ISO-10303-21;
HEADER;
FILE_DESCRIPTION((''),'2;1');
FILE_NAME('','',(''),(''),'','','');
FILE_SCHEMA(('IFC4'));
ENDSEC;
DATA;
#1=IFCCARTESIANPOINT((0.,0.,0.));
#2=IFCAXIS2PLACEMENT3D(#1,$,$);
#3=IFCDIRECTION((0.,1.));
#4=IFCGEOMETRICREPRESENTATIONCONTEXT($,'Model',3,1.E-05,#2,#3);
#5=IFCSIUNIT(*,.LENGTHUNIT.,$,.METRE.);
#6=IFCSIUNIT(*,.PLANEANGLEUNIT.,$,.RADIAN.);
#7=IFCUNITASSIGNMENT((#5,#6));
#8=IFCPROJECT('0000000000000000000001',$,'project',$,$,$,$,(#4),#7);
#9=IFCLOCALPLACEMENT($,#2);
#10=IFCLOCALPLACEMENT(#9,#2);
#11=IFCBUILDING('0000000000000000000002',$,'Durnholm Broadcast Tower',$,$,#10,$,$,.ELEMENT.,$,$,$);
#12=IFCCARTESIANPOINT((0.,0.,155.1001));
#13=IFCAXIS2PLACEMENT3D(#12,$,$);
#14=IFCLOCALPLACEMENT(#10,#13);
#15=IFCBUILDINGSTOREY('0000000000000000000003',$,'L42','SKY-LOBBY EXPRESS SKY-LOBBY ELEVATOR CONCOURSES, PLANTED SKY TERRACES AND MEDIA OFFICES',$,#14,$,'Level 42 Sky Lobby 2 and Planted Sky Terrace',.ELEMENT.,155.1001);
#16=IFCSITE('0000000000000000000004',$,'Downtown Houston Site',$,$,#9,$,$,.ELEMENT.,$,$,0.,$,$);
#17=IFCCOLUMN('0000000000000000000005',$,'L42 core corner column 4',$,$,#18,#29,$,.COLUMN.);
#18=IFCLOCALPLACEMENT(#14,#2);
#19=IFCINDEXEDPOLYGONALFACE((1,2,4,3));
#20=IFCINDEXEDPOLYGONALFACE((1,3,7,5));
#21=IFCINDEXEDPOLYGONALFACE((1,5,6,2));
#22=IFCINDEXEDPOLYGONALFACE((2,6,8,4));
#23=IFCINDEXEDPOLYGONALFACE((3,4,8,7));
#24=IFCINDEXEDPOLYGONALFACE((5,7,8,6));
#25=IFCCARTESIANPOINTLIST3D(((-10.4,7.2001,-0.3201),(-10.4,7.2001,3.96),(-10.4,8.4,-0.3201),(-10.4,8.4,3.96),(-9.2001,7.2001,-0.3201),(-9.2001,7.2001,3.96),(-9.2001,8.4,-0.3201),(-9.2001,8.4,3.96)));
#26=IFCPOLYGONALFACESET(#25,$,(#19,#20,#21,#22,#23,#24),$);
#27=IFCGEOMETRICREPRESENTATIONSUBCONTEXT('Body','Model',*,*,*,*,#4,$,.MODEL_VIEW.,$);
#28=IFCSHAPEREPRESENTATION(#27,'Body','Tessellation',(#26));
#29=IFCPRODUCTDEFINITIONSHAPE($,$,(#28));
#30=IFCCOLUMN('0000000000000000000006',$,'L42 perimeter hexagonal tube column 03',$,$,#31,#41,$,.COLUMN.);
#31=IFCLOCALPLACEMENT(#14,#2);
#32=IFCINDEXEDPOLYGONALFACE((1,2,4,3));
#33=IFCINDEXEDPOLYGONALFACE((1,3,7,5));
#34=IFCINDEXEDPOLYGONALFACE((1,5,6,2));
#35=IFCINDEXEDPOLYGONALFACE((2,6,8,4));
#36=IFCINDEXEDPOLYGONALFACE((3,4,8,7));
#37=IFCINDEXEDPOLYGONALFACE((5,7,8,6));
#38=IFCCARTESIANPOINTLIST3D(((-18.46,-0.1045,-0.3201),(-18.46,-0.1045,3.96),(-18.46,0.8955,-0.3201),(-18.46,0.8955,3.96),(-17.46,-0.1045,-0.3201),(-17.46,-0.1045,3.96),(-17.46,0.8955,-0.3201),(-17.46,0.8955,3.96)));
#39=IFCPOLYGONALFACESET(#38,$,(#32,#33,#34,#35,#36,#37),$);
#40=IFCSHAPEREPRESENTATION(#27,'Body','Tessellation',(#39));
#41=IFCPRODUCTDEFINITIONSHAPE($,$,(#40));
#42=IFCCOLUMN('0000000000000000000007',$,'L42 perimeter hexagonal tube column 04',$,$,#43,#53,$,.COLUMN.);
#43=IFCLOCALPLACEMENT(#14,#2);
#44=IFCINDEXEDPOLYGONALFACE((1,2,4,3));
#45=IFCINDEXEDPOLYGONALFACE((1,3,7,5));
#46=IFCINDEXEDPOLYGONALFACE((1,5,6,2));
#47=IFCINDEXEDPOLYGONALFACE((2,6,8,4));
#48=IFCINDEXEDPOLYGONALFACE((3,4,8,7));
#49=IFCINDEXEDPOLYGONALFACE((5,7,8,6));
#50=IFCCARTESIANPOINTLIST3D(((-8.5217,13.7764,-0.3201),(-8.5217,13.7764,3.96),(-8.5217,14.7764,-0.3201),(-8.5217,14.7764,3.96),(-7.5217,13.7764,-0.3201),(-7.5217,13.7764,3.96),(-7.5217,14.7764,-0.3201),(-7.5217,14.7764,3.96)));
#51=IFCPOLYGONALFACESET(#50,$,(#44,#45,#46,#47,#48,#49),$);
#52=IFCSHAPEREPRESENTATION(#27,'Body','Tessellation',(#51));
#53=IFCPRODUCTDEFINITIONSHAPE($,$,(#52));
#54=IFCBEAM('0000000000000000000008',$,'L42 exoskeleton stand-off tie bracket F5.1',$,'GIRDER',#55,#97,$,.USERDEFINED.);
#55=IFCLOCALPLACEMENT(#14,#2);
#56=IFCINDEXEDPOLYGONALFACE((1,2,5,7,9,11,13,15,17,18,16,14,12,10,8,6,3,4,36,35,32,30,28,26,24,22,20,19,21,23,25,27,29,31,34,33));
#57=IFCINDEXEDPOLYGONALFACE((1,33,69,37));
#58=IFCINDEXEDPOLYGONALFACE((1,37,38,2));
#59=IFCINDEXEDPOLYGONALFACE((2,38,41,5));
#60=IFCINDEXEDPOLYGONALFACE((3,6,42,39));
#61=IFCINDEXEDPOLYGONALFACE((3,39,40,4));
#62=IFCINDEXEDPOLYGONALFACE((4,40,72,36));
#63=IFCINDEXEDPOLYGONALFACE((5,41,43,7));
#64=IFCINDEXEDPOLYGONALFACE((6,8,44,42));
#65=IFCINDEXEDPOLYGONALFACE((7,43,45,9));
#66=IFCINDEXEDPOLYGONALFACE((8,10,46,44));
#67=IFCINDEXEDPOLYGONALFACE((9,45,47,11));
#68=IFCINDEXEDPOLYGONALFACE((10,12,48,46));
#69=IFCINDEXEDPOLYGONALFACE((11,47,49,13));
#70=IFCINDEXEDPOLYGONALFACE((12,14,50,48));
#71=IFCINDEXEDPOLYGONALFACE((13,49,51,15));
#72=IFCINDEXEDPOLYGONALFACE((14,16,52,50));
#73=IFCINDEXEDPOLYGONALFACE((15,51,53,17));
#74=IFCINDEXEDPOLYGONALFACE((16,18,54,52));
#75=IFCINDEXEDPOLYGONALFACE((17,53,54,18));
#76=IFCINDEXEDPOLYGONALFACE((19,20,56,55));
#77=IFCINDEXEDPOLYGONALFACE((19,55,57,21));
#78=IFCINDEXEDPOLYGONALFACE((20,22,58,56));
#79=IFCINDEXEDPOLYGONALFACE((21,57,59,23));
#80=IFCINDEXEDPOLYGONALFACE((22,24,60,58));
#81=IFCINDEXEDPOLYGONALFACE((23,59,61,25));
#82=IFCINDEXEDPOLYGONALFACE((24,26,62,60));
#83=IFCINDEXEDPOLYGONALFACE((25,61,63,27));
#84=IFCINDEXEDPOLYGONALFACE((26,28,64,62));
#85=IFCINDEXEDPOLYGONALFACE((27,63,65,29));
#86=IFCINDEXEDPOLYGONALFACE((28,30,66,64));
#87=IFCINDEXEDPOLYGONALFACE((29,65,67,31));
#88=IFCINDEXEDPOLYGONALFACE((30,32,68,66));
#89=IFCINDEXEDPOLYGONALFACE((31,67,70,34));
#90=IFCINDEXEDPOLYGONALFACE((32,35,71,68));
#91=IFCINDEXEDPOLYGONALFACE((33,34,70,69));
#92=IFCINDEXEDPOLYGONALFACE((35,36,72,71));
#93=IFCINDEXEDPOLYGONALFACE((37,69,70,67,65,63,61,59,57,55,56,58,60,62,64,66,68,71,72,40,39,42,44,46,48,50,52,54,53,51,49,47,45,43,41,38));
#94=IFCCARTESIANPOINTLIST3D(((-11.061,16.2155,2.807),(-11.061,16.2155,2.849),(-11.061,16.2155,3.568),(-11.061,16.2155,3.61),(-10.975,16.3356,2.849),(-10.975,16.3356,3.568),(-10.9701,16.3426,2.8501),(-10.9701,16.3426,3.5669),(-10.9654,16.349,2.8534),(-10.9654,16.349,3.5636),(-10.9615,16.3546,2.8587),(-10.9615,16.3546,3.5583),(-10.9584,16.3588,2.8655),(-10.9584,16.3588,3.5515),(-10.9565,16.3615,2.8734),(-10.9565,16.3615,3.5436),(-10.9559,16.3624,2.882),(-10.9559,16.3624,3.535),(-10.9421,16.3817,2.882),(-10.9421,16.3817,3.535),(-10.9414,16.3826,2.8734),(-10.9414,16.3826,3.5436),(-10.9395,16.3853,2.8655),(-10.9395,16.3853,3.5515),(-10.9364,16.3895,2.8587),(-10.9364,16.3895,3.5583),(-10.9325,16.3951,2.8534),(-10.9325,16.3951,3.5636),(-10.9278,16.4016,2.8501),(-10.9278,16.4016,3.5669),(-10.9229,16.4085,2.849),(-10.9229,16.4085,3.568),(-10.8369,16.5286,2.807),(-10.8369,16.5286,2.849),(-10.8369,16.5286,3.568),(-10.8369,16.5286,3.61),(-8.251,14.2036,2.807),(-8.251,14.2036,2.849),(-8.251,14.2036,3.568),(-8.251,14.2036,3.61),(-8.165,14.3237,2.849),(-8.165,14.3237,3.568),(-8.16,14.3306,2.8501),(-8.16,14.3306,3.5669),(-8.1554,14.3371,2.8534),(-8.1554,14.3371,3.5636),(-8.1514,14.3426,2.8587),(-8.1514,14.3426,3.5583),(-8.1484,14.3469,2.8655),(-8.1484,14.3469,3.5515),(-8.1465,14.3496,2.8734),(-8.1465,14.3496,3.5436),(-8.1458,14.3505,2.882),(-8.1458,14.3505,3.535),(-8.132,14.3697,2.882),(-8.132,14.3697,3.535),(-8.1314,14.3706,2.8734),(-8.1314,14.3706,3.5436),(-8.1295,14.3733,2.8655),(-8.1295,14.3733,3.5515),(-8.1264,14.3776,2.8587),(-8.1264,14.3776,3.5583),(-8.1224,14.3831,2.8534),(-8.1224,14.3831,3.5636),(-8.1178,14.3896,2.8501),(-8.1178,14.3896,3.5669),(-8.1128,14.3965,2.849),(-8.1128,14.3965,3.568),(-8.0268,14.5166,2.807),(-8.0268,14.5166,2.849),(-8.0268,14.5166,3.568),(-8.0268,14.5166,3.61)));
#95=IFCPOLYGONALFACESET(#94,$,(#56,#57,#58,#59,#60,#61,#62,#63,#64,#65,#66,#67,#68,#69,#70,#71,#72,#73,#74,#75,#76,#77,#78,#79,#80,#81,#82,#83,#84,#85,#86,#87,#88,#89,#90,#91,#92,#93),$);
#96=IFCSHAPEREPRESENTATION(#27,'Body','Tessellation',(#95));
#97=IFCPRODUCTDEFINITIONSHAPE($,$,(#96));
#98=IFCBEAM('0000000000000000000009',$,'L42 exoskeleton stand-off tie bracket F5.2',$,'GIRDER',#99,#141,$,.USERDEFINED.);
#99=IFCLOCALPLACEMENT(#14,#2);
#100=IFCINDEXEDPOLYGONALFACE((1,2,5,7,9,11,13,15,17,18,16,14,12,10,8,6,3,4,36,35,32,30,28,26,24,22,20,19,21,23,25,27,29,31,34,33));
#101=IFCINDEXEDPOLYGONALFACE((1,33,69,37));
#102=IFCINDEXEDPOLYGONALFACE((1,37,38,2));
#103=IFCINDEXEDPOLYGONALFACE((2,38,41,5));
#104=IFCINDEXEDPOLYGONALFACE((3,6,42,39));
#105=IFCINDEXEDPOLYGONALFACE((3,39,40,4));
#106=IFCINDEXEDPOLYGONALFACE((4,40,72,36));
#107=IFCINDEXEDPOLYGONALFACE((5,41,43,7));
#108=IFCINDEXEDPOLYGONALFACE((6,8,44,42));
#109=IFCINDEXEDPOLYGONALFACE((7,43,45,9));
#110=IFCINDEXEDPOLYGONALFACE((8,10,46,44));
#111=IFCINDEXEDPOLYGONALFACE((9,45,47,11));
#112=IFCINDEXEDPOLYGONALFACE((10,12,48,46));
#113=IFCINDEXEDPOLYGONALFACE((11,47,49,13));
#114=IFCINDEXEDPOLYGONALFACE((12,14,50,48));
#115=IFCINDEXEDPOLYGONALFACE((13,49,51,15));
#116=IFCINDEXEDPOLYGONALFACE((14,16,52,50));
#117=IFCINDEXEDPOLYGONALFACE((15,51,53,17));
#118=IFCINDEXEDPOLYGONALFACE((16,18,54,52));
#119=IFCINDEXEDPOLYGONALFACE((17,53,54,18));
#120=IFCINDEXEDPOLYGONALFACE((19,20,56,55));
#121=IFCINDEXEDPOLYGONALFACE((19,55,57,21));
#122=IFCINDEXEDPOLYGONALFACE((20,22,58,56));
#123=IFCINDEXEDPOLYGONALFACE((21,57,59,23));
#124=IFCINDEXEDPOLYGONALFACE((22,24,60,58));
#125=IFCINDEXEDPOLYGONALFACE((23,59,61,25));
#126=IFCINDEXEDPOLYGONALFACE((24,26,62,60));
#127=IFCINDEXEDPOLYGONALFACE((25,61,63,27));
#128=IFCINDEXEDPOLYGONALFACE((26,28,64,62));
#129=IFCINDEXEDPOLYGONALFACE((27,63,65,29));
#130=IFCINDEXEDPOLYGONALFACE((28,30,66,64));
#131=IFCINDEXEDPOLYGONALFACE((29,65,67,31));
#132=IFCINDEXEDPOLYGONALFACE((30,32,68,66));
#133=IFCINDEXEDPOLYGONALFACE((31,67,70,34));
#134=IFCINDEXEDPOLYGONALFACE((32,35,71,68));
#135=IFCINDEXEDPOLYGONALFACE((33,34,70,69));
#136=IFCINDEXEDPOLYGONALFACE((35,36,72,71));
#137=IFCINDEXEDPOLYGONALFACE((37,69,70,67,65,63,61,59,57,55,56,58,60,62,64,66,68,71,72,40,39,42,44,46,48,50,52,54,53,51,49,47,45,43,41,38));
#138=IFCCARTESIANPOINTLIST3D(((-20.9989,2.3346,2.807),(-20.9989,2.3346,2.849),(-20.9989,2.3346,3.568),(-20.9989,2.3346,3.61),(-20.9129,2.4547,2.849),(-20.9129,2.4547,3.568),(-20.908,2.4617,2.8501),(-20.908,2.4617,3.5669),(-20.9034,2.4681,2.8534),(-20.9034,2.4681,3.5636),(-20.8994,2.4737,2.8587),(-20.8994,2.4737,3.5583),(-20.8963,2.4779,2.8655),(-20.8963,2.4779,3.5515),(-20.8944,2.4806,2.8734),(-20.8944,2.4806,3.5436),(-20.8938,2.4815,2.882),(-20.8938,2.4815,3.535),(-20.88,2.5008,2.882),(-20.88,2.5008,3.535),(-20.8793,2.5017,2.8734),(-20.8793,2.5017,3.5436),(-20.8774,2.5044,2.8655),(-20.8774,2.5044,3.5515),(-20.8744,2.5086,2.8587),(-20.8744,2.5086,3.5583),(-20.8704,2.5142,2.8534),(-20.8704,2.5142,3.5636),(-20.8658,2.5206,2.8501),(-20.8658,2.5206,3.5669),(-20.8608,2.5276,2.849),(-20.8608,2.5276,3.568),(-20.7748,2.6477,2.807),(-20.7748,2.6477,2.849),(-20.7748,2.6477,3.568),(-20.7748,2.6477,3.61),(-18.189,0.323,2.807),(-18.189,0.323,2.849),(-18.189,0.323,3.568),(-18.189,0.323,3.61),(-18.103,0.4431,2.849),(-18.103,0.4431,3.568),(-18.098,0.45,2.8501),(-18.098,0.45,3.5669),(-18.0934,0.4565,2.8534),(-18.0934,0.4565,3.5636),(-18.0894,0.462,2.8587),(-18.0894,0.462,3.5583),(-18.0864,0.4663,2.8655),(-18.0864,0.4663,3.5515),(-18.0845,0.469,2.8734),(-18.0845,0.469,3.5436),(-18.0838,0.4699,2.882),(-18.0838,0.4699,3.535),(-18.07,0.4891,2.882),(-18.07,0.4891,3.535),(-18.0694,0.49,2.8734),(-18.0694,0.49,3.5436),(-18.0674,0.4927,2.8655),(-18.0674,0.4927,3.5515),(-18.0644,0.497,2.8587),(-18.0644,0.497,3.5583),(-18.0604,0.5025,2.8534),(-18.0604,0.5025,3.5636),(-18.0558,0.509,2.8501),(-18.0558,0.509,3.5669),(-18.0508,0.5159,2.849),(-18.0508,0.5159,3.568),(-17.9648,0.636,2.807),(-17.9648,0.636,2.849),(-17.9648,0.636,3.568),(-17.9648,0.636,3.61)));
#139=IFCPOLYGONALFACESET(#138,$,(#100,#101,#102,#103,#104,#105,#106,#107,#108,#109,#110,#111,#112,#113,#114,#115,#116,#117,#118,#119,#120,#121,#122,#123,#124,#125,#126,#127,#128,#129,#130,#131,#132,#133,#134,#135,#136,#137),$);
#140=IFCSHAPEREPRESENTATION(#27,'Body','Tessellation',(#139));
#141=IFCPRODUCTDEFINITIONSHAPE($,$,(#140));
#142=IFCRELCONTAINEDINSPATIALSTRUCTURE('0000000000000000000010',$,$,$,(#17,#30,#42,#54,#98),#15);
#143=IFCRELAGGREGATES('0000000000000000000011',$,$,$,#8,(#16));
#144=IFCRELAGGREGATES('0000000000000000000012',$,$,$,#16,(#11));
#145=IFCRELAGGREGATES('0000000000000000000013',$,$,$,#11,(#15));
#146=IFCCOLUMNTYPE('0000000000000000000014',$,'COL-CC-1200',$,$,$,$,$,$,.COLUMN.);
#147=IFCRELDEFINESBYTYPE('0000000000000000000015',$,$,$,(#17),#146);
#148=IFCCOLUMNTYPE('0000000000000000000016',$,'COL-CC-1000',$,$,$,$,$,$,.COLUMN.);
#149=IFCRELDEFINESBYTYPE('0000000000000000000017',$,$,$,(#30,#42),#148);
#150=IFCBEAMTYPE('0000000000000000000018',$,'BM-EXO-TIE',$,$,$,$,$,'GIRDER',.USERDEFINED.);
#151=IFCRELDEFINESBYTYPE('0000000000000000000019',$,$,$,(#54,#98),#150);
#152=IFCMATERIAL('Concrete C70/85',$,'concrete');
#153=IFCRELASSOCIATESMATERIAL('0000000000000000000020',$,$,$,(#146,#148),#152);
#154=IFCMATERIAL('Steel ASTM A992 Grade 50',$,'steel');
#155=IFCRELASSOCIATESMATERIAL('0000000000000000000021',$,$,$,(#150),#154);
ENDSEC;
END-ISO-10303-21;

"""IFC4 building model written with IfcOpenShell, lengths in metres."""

from ifc_helpers import new_model, si_unit, direction, frame, origin, origin_2d, place, context, subcontext, project, spatial, rectangle, i_section, extrude, source, transform, mapped, material, material_profile, profile_set, type_object, type_shapes, element, save


model = new_model("IFC4")

# Units and contexts
model_context = context("Model", 3, precision=1e-05, world=origin(), true_north=direction((0.0, 1.0)))
body_context = subcontext(model_context, "Body", "Model", "MODEL_VIEW")
ifc_project = project(units=[si_unit("LENGTHUNIT", "METRE"), si_unit("PLANEANGLEUNIT", "RADIAN")], contexts=[model_context])

# Site, building, storey
site_placement = place(None, origin())
site = spatial("IfcSite", under=ifc_project, at=site_placement, Name="Downtown Houston Site", CompositionType="ELEMENT", RefElevation=0.0)
building_placement = place(site_placement, origin())
building = spatial("IfcBuilding", under=site, at=building_placement, Name="Durnholm Broadcast Tower", CompositionType="ELEMENT")
storey_placement = place(building_placement, frame((0.0, 0.0, 155.1001)))
storey = spatial("IfcBuildingStorey", under=building, at=storey_placement, Name="L42", Description="SKY-LOBBY EXPRESS SKY-LOBBY ELEVATOR CONCOURSES, PLANTED SKY TERRACES AND MEDIA OFFICES", LongName="Level 42 Sky Lobby 2 and Planted Sky Terrace", CompositionType="ELEMENT", Elevation=155.1001)

# Columns
ifc_material_1 = material(Name="Concrete C70/85", Category="concrete")
ifc_material_profile_1 = material_profile(ifc_material_1, rectangle(XDim=1.2, YDim=1.2, at=origin_2d()), Name="RC1200X1200")
ifc_profile_set_1 = profile_set([ifc_material_profile_1], Name="Concrete C70/85")
column_type_1 = type_object("IfcColumnType", Name="COL-CC-1200", PredefinedType="COLUMN", material=ifc_profile_set_1)
shared_shape_1 = source(origin(), body_context, "Body", "SweptSolid", [
    extrude(rectangle(XDim=1.2, YDim=1.2, at=origin_2d()), origin(), (0.0, 0.0, 1.0), 4.28),
])
type_shapes(column_type_1, [shared_shape_1])
column_placement = place(storey_placement, frame((-9.8, 7.8, -0.3201), z_axis=(0.0, 0.0, 1.0), x_axis=(1.0, 0.0, 0.0)))
element("IfcColumn", 1, at=column_placement, inside=storey, type_object=column_type_1, Name="L42 core corner column 4", PredefinedType="COLUMN", context=body_context, shape_type="MappedRepresentation", body=[
    mapped(shared_shape_1, transform((0.0, 0.0, 0.0), x_axis=(1.0, 0.0, 0.0), y_axis=(0.0, 1.0, 0.0), z_axis=(0.0, 0.0, 1.0), scale=1.0)),
])
ifc_material_profile_2 = material_profile(ifc_material_1, rectangle(XDim=1.0, YDim=1.0, at=origin_2d()), Name="RC1000X1000")
ifc_profile_set_2 = profile_set([ifc_material_profile_2], Name="Concrete C70/85")
column_type_2 = type_object("IfcColumnType", Name="COL-CC-1000", PredefinedType="COLUMN", material=ifc_profile_set_2)
shared_shape_2 = source(origin(), body_context, "Body", "SweptSolid", [
    extrude(rectangle(XDim=1.0, YDim=1.0, at=origin_2d()), origin(), (0.0, 0.0, 1.0), 4.28),
])
type_shapes(column_type_2, [shared_shape_2])
for number, where, z_axis, x_axis, name in (
    (2, (-17.96, 0.3955, -0.3201), (0.0, 0.0, 1.0), (1.0, 0.0, 0.0), "L42 perimeter hexagonal tube column 03"),
    (3, (-8.0217, 14.2764, -0.3201), (0.0, 0.0, 1.0), (1.0, 0.0, 0.0), "L42 perimeter hexagonal tube column 04"),
):
    element("IfcColumn", number, at=place(storey_placement, frame(where, z_axis=z_axis, x_axis=x_axis)), inside=storey, type_object=column_type_2, Name=name, PredefinedType="COLUMN", context=body_context, shape_type="MappedRepresentation", body=[
        mapped(shared_shape_2, transform((0.0, 0.0, 0.0), x_axis=(1.0, 0.0, 0.0), y_axis=(0.0, 1.0, 0.0), z_axis=(0.0, 0.0, 1.0), scale=1.0)),
    ])

# Beams
ifc_material_2 = material(Name="Steel ASTM A992 Grade 50", Category="steel")
ifc_material_profile_3 = material_profile(ifc_material_2, i_section(OverallWidth=0.385, OverallDepth=0.803, WebThickness=0.0237, FlangeThickness=0.042, FilletRadius=0.033, at=origin_2d()), Name="W30X261")
ifc_profile_set_3 = profile_set([ifc_material_profile_3], Name="Steel ASTM A992 Grade 50")
beam_type_1 = type_object("IfcBeamType", Name="BM-EXO-TIE", ElementType="GIRDER", PredefinedType="USERDEFINED", material=ifc_profile_set_3)
shared_shape_3 = source(origin(), body_context, "Body", "SweptSolid", [
    extrude(i_section(OverallWidth=0.385, OverallDepth=0.803, WebThickness=0.0237, FlangeThickness=0.042, FilletRadius=0.033, at=origin_2d()), origin(), (0.0, 0.0, 1.0), 3.4561),
])
beam_1_placement = place(storey_placement, frame((-8.1389, 14.3601, 3.2085), z_axis=(-0.813079, 0.582153, 0.0), x_axis=(-0.582153, -0.813079, 0.0)))
element("IfcBeam", 4, at=beam_1_placement, inside=storey, type_object=beam_type_1, Name="L42 exoskeleton stand-off tie bracket F5.1", ObjectType="GIRDER", PredefinedType="USERDEFINED", context=body_context, shape_type="MappedRepresentation", body=[
    mapped(shared_shape_3, transform((0.0, 0.0, 0.0), x_axis=(1.0, 0.0, 0.0), y_axis=(0.0, 1.0, 0.0), z_axis=(0.0, 0.0, 1.0), scale=1.0)),
])
shared_shape_4 = source(origin(), body_context, "Body", "SweptSolid", [
    extrude(i_section(OverallWidth=0.385, OverallDepth=0.803, WebThickness=0.0237, FlangeThickness=0.042, FilletRadius=0.033, at=origin_2d()), origin(), (0.0, 0.0, 1.0), 3.4558),
])
beam_2_placement = place(storey_placement, frame((-18.0769, 0.4795, 3.2085), z_axis=(-0.813112, 0.582107, 0.0), x_axis=(-0.582107, -0.813112, 0.0)))
element("IfcBeam", 5, at=beam_2_placement, inside=storey, type_object=beam_type_1, Name="L42 exoskeleton stand-off tie bracket F5.2", ObjectType="GIRDER", PredefinedType="USERDEFINED", context=body_context, shape_type="MappedRepresentation", body=[
    mapped(shared_shape_4, transform((0.0, 0.0, 0.0), x_axis=(1.0, 0.0, 0.0), y_axis=(0.0, 1.0, 0.0), z_axis=(0.0, 0.0, 1.0), scale=1.0)),
])

save(model, "model.ifc")
